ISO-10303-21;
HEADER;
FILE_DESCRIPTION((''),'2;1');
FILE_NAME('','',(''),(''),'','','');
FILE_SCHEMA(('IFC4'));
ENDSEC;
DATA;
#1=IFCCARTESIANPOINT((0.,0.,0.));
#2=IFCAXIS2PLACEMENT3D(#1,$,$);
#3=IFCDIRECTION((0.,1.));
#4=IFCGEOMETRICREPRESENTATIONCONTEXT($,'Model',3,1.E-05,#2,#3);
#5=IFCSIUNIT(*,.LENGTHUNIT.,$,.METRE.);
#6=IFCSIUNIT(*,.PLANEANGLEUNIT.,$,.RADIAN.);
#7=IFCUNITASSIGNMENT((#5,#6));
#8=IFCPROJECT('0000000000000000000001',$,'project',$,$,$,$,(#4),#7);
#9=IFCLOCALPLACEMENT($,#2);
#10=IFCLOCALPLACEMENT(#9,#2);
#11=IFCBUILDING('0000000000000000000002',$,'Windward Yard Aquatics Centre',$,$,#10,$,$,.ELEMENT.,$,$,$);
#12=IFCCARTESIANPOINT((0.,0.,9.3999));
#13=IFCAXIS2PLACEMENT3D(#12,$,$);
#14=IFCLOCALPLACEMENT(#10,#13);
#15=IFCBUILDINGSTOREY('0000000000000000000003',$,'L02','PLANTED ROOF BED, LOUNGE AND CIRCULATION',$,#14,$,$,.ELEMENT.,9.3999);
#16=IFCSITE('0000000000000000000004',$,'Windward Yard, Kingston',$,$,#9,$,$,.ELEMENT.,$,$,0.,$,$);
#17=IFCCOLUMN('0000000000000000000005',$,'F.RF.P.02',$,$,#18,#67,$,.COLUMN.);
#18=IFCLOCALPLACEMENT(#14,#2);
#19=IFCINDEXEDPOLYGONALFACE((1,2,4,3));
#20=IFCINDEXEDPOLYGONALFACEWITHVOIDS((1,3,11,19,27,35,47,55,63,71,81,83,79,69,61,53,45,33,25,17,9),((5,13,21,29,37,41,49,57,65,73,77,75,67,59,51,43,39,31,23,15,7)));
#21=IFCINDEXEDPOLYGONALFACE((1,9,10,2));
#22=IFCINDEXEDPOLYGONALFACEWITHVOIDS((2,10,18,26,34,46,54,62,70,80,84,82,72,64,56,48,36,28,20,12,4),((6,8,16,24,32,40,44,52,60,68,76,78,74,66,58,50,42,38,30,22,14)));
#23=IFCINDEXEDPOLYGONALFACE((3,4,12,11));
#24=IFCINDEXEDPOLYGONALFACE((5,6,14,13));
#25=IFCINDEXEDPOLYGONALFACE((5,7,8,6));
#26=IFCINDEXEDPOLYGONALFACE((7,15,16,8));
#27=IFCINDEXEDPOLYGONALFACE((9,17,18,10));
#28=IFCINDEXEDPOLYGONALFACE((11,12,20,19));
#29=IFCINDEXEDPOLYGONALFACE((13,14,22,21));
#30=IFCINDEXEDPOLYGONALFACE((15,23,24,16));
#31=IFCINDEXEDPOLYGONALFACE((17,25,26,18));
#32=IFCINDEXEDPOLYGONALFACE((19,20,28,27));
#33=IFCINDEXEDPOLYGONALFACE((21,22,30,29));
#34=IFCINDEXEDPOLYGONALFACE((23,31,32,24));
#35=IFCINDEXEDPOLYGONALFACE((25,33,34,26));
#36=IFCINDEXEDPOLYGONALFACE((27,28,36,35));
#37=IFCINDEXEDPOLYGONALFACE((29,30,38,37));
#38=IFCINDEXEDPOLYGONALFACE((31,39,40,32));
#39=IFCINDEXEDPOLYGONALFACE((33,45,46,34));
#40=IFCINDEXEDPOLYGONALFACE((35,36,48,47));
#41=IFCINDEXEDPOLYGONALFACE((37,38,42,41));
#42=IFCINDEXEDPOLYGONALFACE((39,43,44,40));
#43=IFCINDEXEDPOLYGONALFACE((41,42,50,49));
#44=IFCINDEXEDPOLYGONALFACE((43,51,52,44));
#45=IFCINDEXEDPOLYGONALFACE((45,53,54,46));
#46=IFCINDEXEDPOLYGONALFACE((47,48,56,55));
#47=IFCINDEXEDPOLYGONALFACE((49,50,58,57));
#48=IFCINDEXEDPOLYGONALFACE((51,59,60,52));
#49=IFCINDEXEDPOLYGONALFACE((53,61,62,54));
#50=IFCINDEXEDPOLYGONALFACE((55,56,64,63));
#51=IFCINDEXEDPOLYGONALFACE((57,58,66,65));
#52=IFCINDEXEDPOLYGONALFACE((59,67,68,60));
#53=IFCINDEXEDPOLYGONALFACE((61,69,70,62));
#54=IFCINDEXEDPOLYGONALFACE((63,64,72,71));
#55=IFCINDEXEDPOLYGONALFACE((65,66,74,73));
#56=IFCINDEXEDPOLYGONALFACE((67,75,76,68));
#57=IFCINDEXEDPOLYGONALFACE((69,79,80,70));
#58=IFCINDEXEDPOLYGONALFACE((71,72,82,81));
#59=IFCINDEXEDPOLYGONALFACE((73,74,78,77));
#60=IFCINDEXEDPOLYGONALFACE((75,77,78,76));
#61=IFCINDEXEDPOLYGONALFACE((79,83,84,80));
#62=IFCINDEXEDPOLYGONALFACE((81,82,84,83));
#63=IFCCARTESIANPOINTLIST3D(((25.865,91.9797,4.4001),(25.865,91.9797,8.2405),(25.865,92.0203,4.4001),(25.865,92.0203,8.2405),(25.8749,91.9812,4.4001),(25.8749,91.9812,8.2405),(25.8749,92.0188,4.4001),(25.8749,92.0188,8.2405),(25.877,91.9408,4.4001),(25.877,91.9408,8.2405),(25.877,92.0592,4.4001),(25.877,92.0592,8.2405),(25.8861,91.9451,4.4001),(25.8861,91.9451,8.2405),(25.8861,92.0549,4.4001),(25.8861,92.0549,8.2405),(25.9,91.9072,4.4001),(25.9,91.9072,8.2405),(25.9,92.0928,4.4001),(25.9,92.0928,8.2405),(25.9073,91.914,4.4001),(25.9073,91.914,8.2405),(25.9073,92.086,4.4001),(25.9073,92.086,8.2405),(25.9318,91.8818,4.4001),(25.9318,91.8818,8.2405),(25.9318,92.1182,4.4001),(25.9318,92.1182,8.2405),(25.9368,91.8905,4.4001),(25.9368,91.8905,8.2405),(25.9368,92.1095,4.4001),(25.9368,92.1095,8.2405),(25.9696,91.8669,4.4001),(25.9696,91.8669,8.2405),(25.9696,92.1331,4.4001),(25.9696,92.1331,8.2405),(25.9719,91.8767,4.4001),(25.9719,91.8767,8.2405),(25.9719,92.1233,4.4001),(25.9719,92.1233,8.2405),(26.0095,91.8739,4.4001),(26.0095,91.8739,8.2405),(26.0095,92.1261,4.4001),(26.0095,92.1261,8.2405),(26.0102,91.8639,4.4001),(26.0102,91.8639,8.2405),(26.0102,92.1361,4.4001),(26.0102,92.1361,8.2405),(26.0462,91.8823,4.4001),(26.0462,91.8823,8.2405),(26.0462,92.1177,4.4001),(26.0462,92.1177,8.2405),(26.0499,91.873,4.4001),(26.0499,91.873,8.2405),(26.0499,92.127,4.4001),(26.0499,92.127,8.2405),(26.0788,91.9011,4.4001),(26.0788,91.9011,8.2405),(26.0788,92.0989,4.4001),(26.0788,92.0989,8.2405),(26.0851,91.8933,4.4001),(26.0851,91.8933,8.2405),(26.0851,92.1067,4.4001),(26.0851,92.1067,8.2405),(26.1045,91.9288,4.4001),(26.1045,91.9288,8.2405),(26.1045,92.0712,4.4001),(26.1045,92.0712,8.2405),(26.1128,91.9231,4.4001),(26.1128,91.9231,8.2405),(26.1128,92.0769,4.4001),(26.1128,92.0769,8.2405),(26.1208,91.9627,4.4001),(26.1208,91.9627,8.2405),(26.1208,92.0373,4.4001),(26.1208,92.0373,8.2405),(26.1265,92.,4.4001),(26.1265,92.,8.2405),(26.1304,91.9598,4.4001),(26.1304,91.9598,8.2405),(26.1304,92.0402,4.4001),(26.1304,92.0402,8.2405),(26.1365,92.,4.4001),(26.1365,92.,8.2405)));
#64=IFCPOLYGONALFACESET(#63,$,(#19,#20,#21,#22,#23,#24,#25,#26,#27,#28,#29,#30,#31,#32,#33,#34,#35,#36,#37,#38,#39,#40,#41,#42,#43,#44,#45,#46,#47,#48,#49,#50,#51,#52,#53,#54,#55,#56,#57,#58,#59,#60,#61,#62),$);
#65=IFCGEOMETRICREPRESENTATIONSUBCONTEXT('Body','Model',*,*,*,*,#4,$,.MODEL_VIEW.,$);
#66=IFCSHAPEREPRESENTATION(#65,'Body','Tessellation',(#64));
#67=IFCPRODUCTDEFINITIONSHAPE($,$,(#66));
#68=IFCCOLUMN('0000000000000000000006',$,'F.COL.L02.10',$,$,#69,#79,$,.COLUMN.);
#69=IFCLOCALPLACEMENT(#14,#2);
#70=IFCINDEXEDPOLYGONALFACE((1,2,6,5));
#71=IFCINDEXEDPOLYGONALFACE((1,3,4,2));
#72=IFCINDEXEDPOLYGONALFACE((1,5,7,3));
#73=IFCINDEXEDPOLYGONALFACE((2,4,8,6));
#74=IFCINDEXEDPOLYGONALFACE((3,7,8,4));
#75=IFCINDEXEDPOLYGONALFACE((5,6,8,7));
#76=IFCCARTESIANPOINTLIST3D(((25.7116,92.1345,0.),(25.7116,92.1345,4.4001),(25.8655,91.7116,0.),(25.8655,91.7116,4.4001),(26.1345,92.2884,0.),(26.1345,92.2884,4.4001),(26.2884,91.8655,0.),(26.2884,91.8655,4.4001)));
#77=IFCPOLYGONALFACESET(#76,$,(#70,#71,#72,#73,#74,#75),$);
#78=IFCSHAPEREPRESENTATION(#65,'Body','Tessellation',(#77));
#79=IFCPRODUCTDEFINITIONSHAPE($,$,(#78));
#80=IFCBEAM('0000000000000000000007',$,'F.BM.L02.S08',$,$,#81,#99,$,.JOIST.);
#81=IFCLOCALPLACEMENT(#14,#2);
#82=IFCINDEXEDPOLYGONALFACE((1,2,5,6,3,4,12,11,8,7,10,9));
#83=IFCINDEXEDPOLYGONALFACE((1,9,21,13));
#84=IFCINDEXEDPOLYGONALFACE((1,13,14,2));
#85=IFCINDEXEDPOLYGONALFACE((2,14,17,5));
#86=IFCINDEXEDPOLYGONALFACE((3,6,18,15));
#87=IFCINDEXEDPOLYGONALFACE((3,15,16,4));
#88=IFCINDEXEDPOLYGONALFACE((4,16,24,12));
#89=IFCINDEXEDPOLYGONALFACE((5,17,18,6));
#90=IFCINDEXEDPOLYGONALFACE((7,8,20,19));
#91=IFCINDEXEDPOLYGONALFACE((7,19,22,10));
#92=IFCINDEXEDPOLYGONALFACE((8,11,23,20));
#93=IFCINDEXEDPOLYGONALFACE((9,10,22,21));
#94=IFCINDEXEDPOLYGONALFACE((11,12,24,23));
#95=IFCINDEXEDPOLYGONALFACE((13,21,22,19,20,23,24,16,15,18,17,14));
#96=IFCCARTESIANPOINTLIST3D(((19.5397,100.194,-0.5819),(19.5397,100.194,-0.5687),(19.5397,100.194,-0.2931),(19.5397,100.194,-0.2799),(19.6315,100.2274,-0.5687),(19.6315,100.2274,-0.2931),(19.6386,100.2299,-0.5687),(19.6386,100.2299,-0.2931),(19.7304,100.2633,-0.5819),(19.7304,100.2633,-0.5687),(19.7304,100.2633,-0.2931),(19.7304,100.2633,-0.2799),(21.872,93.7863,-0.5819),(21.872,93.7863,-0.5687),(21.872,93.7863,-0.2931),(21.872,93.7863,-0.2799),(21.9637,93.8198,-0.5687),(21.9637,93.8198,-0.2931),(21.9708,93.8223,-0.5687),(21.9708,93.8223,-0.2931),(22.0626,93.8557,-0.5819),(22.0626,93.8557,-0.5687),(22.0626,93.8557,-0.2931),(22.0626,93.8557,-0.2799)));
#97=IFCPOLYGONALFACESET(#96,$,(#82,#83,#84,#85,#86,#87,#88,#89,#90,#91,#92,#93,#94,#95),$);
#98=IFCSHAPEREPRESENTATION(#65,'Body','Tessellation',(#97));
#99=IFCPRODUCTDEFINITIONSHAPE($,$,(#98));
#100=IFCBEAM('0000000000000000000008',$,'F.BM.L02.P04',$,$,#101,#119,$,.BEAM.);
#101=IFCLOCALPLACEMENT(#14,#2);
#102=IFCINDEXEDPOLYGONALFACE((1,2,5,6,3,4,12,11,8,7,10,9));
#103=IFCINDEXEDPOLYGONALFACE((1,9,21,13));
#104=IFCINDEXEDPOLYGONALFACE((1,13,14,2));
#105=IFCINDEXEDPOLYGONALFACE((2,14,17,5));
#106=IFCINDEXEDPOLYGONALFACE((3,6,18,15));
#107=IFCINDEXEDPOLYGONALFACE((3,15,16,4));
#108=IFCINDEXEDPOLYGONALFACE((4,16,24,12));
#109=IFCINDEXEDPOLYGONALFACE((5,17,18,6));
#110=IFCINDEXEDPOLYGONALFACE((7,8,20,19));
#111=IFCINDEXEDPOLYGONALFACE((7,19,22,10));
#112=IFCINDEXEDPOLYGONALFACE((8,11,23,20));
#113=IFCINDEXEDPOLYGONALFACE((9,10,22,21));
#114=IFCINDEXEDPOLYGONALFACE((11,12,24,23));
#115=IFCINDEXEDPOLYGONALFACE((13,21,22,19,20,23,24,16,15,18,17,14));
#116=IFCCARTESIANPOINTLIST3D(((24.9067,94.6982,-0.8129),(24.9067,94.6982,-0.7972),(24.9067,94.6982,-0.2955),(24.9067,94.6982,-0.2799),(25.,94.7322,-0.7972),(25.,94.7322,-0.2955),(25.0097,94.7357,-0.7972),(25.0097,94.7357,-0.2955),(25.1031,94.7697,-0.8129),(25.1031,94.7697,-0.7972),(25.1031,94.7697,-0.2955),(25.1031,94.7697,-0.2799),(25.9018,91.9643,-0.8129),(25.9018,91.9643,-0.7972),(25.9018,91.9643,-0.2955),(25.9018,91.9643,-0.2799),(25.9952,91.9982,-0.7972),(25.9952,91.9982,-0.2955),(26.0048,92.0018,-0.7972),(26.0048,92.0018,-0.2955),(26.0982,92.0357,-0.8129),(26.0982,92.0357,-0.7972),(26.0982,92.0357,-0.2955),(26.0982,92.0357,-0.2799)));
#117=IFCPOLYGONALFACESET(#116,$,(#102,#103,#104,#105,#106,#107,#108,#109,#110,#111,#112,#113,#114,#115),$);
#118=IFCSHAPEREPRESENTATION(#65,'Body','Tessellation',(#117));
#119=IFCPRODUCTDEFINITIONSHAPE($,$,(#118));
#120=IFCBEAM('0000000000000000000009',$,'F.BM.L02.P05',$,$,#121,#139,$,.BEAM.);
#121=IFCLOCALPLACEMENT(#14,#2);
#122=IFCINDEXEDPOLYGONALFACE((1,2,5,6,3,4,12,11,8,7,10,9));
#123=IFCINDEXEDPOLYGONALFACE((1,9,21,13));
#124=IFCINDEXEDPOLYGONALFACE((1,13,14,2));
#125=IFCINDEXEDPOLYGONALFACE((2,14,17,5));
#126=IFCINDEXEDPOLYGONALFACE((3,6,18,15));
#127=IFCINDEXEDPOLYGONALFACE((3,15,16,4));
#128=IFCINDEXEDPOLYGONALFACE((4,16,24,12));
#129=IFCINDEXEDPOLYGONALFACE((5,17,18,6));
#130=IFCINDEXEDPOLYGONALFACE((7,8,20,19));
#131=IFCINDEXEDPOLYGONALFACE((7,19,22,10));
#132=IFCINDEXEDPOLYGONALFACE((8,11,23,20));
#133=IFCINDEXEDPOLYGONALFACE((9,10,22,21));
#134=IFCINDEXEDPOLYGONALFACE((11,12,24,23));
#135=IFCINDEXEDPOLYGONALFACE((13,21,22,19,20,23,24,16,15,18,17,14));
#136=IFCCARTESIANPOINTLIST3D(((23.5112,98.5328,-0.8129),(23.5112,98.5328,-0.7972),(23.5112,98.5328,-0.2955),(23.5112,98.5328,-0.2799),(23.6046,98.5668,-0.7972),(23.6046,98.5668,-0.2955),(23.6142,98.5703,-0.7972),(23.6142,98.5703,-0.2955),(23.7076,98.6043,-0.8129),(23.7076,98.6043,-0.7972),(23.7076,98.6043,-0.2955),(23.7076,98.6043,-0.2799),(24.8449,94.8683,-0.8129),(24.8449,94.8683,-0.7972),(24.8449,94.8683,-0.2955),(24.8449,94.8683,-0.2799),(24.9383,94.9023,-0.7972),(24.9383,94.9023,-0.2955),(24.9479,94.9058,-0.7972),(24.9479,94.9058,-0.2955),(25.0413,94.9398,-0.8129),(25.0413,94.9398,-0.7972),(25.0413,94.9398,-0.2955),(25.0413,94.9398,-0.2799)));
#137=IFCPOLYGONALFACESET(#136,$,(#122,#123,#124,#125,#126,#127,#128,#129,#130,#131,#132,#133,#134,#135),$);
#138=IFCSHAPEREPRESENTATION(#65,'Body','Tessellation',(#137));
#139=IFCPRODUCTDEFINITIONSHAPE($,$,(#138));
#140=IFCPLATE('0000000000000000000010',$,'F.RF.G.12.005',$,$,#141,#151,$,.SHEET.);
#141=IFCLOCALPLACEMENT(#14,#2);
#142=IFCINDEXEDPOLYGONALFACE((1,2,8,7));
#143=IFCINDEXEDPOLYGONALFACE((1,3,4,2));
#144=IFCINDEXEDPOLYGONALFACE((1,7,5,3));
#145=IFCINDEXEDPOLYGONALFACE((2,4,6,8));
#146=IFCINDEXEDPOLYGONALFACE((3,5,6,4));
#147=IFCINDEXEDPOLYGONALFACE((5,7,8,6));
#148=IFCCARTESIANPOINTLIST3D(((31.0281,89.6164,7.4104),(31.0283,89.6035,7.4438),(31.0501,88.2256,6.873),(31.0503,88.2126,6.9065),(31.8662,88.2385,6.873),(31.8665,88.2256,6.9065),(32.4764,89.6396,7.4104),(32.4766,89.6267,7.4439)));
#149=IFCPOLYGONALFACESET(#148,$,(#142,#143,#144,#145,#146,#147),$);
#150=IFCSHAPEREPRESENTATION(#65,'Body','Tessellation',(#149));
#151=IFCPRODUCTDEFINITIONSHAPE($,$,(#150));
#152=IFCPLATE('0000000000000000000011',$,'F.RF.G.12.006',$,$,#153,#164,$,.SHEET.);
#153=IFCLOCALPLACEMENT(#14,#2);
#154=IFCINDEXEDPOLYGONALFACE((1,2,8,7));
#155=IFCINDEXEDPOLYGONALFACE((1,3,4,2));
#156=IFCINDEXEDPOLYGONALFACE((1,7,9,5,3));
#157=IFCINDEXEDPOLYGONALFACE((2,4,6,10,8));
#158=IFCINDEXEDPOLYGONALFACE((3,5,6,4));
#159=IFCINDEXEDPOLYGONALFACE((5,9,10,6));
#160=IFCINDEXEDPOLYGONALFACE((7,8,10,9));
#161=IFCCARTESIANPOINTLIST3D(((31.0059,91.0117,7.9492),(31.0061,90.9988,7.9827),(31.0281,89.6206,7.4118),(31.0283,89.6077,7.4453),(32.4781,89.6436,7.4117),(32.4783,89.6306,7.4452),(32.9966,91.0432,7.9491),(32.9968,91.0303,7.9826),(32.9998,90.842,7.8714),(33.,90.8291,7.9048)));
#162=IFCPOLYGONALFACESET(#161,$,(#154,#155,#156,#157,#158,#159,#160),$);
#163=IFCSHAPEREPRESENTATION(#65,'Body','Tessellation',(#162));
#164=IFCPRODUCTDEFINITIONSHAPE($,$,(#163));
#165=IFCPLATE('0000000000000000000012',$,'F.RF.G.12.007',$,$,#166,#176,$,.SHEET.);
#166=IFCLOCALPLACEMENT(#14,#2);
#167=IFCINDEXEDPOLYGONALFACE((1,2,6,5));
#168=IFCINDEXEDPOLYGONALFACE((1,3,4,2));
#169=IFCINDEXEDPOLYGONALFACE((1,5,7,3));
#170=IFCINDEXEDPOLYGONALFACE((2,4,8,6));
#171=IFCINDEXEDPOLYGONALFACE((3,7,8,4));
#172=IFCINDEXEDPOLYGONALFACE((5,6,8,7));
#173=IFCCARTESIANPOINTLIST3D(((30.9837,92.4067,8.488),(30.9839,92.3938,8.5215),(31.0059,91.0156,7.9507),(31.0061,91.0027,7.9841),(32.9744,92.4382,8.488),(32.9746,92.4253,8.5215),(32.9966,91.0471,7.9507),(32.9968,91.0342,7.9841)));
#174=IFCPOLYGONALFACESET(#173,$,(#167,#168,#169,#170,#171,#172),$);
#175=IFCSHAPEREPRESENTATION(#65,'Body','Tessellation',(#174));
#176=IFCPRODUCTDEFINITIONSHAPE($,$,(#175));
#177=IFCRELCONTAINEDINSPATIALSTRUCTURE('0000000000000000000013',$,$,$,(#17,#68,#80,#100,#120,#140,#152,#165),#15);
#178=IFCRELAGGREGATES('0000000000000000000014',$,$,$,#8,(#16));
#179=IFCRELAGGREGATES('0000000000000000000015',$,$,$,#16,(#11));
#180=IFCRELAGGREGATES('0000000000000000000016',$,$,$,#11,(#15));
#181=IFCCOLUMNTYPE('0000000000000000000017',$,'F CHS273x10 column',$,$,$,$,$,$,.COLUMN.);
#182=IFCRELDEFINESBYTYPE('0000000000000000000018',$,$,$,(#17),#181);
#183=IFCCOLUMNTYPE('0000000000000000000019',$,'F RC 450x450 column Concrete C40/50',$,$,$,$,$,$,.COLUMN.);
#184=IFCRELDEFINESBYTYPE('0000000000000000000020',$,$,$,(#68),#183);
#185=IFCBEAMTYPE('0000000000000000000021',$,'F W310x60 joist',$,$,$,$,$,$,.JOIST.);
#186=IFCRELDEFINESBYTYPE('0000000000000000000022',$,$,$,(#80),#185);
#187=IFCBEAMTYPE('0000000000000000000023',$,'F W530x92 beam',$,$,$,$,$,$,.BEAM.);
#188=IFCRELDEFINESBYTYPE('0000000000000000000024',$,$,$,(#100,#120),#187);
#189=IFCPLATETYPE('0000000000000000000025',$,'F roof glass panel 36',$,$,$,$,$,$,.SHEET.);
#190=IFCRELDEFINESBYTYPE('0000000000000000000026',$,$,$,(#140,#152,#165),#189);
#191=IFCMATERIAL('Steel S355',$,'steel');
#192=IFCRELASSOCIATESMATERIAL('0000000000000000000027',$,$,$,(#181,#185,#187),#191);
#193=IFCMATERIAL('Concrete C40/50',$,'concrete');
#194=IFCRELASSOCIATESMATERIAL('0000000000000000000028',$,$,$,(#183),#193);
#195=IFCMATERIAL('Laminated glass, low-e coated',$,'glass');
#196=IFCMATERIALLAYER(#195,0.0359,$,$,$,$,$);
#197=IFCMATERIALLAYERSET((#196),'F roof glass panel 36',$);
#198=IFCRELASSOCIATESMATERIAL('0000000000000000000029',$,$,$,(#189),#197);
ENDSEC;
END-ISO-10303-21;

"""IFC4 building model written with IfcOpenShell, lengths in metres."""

from ifc_helpers import new_model, si_unit, direction, frame, origin, origin_2d, place, context, subcontext, project, spatial, polyline, rectangle, hollow_circle, i_section, outline, extrude, material, layer, layer_set, material_profile, profile_set, type_object, element, save


model = new_model("IFC4")

# Units and contexts
model_context = context("Model", 3, precision=1e-05, world=origin(), true_north=direction((0.0, 1.0)))
body_context = subcontext(model_context, "Body", "Model", "MODEL_VIEW")
ifc_project = project(units=[si_unit("LENGTHUNIT", "METRE"), si_unit("PLANEANGLEUNIT", "RADIAN")], contexts=[model_context])

# Site, building, storey
site_placement = place(None, origin())
site = spatial("IfcSite", under=ifc_project, at=site_placement, Name="Windward Yard, Kingston", CompositionType="ELEMENT", RefElevation=0.0)
building_placement = place(site_placement, origin())
building = spatial("IfcBuilding", under=site, at=building_placement, Name="Windward Yard Aquatics Centre", CompositionType="ELEMENT")
storey_placement = place(building_placement, frame((0.0, 0.0, 9.3999)))
storey = spatial("IfcBuildingStorey", under=building, at=storey_placement, Name="L02", Description="PLANTED ROOF BED, LOUNGE AND CIRCULATION", CompositionType="ELEMENT", Elevation=9.3999)

# Columns
ifc_material_1 = material(Name="Steel S355", Category="steel")
ifc_material_profile_1 = material_profile(ifc_material_1, hollow_circle(Radius=0.1365, WallThickness=0.01, at=origin_2d()), Name="CHS273x10")
ifc_profile_set_1 = profile_set([ifc_material_profile_1], Name="Steel S355")
column_type_1 = type_object("IfcColumnType", Name="F CHS273x10 column", PredefinedType="COLUMN", material=ifc_profile_set_1)
column_1_placement = place(storey_placement, frame((26.0, 92.0, 4.4001), z_axis=(0.0, 0.0, 1.0), x_axis=(1.0, 0.0, 0.0)))
element("IfcColumn", 1, at=column_1_placement, inside=storey, type_object=column_type_1, Name="F.RF.P.02", PredefinedType="COLUMN", context=body_context, shape_type="SweptSolid", body=[
    extrude(hollow_circle(Radius=0.1365, WallThickness=0.01, at=origin_2d()), origin(), (0.0, 0.0, 1.0), 3.8403),
])
ifc_material_2 = material(Name="Concrete C40/50", Category="concrete")
ifc_material_profile_2 = material_profile(ifc_material_2, rectangle(XDim=0.45, YDim=0.45, at=origin_2d()), Name="RC 450x450")
ifc_profile_set_2 = profile_set([ifc_material_profile_2], Name="Concrete C40/50")
column_type_2 = type_object("IfcColumnType", Name="F RC 450x450 column Concrete C40/50", PredefinedType="COLUMN", material=ifc_profile_set_2)
column_2_placement = place(storey_placement, frame((26.0, 92.0, 0.0), z_axis=(0.0, 0.0, 1.0), x_axis=(0.939693, 0.34202, 0.0)))
element("IfcColumn", 2, at=column_2_placement, inside=storey, type_object=column_type_2, Name="F.COL.L02.10", PredefinedType="COLUMN", context=body_context, shape_type="SweptSolid", body=[
    extrude(rectangle(XDim=0.45, YDim=0.45, at=origin_2d()), origin(), (0.0, 0.0, 1.0), 4.4001),
])

# Beams
ifc_material_profile_3 = material_profile(ifc_material_1, i_section(OverallWidth=0.2029, OverallDepth=0.302, WebThickness=0.0076, FlangeThickness=0.0132, at=origin_2d()), Name="W310x60")
ifc_profile_set_3 = profile_set([ifc_material_profile_3], Name="Steel S355")
beam_type_1 = type_object("IfcBeamType", Name="F W310x60 joist", PredefinedType="JOIST", material=ifc_profile_set_3)
beam_1_placement = place(storey_placement, frame((21.9673, 93.821, -0.4309), z_axis=(-0.342028, 0.93969, 0.0), x_axis=(-0.93969, -0.342028, 0.0)))
element("IfcBeam", 3, at=beam_1_placement, inside=storey, type_object=beam_type_1, Name="F.BM.L02.S08", PredefinedType="JOIST", context=body_context, shape_type="SweptSolid", body=[
    extrude(i_section(OverallWidth=0.2029, OverallDepth=0.302, WebThickness=0.0076, FlangeThickness=0.0132, at=origin_2d()), origin(), (0.0, 0.0, 1.0), 6.8188),
])
ifc_material_profile_4 = material_profile(ifc_material_1, i_section(OverallWidth=0.209, OverallDepth=0.533, WebThickness=0.0103, FlangeThickness=0.0156, at=origin_2d()), Name="W530x92")
ifc_profile_set_4 = profile_set([ifc_material_profile_4], Name="Steel S355")
beam_type_2 = type_object("IfcBeamType", Name="F W530x92 beam", PredefinedType="BEAM", material=ifc_profile_set_4)
beam_2_placement = place(storey_placement, frame((26.0, 92.0, -0.5464), z_axis=(-0.34204, 0.939686, 0.0), x_axis=(-0.939686, -0.34204, 0.0)))
element("IfcBeam", 4, at=beam_2_placement, inside=storey, type_object=beam_type_2, Name="F.BM.L02.P04", PredefinedType="BEAM", context=body_context, shape_type="SweptSolid", body=[
    extrude(i_section(OverallWidth=0.209, OverallDepth=0.533, WebThickness=0.0103, FlangeThickness=0.0156, at=origin_2d()), origin(), (0.0, 0.0, 1.0), 2.9094),
])
beam_3_placement = place(storey_placement, frame((24.9431, 94.9041, -0.5464), z_axis=(-0.342009, 0.939697, 0.0), x_axis=(-0.939697, -0.342009, 0.0)))
element("IfcBeam", 5, at=beam_3_placement, inside=storey, type_object=beam_type_2, Name="F.BM.L02.P05", PredefinedType="BEAM", context=body_context, shape_type="SweptSolid", body=[
    extrude(i_section(OverallWidth=0.209, OverallDepth=0.533, WebThickness=0.0103, FlangeThickness=0.0156, at=origin_2d()), origin(), (0.0, 0.0, 1.0), 3.8997),
])

# Plates
ifc_material_3 = material(Name="Laminated glass, low-e coated", Category="glass")
ifc_layer_1 = layer(ifc_material_3, 0.0359)
ifc_layer_set_1 = layer_set([ifc_layer_1], Name="F roof glass panel 36")
plate_type = type_object("IfcPlateType", Name="F roof glass panel 36", PredefinedType="SHEET", material=ifc_layer_set_1)
plate_1_placement = place(storey_placement, frame((31.0283, 89.6035, 7.4438), z_axis=(0.005749, -0.360279, 0.932827), x_axis=(0.999872, 0.016005, 0.000019)))
element("IfcPlate", 6, at=plate_1_placement, inside=storey, type_object=plate_type, Name="F.RF.G.12.005", PredefinedType="SHEET", context=body_context, shape_type="SweptSolid", body=[
    extrude(outline(polyline([(0.0, 0.0), (1.4484, 0.0), (0.816, -1.4913), (-0.0003, -1.4912), (0.0, 0.0)])), origin(), (0.0, 0.0, -1.0), 0.0359),
])
plate_2_placement = place(storey_placement, frame((31.0061, 90.9988, 7.9827), z_axis=(0.005746, -0.360259, 0.932835), x_axis=(0.999875, 0.015835, -0.000044)))
element("IfcPlate", 7, at=plate_2_placement, inside=storey, type_object=plate_type, Name="F.RF.G.12.006", PredefinedType="SHEET", context=body_context, shape_type="SweptSolid", body=[
    extrude(outline(polyline([(0.0, 0.0), (1.991, 0.0), (1.991, -0.2157), (1.4503, -1.4914), (0.0002, -1.4915), (0.0, 0.0)])), origin(), (0.0, 0.0, -1.0), 0.0359),
])
plate_3_placement = place(storey_placement, frame((30.9839, 92.3938, 8.5215), z_axis=(0.005699, -0.360243, 0.932841), x_axis=(0.999875, 0.015818, 0.0)))
element("IfcPlate", 8, at=plate_3_placement, inside=storey, type_object=plate_type, Name="F.RF.G.12.007", PredefinedType="SHEET", context=body_context, shape_type="SweptSolid", body=[
    extrude(outline(polyline([(0.0, 0.0), (1.991, 0.0), (1.9912, -1.4915), (0.0002, -1.4915), (0.0, 0.0)])), origin(), (0.0, 0.0, -1.0), 0.0359),
])

save(model, "model.ifc")
